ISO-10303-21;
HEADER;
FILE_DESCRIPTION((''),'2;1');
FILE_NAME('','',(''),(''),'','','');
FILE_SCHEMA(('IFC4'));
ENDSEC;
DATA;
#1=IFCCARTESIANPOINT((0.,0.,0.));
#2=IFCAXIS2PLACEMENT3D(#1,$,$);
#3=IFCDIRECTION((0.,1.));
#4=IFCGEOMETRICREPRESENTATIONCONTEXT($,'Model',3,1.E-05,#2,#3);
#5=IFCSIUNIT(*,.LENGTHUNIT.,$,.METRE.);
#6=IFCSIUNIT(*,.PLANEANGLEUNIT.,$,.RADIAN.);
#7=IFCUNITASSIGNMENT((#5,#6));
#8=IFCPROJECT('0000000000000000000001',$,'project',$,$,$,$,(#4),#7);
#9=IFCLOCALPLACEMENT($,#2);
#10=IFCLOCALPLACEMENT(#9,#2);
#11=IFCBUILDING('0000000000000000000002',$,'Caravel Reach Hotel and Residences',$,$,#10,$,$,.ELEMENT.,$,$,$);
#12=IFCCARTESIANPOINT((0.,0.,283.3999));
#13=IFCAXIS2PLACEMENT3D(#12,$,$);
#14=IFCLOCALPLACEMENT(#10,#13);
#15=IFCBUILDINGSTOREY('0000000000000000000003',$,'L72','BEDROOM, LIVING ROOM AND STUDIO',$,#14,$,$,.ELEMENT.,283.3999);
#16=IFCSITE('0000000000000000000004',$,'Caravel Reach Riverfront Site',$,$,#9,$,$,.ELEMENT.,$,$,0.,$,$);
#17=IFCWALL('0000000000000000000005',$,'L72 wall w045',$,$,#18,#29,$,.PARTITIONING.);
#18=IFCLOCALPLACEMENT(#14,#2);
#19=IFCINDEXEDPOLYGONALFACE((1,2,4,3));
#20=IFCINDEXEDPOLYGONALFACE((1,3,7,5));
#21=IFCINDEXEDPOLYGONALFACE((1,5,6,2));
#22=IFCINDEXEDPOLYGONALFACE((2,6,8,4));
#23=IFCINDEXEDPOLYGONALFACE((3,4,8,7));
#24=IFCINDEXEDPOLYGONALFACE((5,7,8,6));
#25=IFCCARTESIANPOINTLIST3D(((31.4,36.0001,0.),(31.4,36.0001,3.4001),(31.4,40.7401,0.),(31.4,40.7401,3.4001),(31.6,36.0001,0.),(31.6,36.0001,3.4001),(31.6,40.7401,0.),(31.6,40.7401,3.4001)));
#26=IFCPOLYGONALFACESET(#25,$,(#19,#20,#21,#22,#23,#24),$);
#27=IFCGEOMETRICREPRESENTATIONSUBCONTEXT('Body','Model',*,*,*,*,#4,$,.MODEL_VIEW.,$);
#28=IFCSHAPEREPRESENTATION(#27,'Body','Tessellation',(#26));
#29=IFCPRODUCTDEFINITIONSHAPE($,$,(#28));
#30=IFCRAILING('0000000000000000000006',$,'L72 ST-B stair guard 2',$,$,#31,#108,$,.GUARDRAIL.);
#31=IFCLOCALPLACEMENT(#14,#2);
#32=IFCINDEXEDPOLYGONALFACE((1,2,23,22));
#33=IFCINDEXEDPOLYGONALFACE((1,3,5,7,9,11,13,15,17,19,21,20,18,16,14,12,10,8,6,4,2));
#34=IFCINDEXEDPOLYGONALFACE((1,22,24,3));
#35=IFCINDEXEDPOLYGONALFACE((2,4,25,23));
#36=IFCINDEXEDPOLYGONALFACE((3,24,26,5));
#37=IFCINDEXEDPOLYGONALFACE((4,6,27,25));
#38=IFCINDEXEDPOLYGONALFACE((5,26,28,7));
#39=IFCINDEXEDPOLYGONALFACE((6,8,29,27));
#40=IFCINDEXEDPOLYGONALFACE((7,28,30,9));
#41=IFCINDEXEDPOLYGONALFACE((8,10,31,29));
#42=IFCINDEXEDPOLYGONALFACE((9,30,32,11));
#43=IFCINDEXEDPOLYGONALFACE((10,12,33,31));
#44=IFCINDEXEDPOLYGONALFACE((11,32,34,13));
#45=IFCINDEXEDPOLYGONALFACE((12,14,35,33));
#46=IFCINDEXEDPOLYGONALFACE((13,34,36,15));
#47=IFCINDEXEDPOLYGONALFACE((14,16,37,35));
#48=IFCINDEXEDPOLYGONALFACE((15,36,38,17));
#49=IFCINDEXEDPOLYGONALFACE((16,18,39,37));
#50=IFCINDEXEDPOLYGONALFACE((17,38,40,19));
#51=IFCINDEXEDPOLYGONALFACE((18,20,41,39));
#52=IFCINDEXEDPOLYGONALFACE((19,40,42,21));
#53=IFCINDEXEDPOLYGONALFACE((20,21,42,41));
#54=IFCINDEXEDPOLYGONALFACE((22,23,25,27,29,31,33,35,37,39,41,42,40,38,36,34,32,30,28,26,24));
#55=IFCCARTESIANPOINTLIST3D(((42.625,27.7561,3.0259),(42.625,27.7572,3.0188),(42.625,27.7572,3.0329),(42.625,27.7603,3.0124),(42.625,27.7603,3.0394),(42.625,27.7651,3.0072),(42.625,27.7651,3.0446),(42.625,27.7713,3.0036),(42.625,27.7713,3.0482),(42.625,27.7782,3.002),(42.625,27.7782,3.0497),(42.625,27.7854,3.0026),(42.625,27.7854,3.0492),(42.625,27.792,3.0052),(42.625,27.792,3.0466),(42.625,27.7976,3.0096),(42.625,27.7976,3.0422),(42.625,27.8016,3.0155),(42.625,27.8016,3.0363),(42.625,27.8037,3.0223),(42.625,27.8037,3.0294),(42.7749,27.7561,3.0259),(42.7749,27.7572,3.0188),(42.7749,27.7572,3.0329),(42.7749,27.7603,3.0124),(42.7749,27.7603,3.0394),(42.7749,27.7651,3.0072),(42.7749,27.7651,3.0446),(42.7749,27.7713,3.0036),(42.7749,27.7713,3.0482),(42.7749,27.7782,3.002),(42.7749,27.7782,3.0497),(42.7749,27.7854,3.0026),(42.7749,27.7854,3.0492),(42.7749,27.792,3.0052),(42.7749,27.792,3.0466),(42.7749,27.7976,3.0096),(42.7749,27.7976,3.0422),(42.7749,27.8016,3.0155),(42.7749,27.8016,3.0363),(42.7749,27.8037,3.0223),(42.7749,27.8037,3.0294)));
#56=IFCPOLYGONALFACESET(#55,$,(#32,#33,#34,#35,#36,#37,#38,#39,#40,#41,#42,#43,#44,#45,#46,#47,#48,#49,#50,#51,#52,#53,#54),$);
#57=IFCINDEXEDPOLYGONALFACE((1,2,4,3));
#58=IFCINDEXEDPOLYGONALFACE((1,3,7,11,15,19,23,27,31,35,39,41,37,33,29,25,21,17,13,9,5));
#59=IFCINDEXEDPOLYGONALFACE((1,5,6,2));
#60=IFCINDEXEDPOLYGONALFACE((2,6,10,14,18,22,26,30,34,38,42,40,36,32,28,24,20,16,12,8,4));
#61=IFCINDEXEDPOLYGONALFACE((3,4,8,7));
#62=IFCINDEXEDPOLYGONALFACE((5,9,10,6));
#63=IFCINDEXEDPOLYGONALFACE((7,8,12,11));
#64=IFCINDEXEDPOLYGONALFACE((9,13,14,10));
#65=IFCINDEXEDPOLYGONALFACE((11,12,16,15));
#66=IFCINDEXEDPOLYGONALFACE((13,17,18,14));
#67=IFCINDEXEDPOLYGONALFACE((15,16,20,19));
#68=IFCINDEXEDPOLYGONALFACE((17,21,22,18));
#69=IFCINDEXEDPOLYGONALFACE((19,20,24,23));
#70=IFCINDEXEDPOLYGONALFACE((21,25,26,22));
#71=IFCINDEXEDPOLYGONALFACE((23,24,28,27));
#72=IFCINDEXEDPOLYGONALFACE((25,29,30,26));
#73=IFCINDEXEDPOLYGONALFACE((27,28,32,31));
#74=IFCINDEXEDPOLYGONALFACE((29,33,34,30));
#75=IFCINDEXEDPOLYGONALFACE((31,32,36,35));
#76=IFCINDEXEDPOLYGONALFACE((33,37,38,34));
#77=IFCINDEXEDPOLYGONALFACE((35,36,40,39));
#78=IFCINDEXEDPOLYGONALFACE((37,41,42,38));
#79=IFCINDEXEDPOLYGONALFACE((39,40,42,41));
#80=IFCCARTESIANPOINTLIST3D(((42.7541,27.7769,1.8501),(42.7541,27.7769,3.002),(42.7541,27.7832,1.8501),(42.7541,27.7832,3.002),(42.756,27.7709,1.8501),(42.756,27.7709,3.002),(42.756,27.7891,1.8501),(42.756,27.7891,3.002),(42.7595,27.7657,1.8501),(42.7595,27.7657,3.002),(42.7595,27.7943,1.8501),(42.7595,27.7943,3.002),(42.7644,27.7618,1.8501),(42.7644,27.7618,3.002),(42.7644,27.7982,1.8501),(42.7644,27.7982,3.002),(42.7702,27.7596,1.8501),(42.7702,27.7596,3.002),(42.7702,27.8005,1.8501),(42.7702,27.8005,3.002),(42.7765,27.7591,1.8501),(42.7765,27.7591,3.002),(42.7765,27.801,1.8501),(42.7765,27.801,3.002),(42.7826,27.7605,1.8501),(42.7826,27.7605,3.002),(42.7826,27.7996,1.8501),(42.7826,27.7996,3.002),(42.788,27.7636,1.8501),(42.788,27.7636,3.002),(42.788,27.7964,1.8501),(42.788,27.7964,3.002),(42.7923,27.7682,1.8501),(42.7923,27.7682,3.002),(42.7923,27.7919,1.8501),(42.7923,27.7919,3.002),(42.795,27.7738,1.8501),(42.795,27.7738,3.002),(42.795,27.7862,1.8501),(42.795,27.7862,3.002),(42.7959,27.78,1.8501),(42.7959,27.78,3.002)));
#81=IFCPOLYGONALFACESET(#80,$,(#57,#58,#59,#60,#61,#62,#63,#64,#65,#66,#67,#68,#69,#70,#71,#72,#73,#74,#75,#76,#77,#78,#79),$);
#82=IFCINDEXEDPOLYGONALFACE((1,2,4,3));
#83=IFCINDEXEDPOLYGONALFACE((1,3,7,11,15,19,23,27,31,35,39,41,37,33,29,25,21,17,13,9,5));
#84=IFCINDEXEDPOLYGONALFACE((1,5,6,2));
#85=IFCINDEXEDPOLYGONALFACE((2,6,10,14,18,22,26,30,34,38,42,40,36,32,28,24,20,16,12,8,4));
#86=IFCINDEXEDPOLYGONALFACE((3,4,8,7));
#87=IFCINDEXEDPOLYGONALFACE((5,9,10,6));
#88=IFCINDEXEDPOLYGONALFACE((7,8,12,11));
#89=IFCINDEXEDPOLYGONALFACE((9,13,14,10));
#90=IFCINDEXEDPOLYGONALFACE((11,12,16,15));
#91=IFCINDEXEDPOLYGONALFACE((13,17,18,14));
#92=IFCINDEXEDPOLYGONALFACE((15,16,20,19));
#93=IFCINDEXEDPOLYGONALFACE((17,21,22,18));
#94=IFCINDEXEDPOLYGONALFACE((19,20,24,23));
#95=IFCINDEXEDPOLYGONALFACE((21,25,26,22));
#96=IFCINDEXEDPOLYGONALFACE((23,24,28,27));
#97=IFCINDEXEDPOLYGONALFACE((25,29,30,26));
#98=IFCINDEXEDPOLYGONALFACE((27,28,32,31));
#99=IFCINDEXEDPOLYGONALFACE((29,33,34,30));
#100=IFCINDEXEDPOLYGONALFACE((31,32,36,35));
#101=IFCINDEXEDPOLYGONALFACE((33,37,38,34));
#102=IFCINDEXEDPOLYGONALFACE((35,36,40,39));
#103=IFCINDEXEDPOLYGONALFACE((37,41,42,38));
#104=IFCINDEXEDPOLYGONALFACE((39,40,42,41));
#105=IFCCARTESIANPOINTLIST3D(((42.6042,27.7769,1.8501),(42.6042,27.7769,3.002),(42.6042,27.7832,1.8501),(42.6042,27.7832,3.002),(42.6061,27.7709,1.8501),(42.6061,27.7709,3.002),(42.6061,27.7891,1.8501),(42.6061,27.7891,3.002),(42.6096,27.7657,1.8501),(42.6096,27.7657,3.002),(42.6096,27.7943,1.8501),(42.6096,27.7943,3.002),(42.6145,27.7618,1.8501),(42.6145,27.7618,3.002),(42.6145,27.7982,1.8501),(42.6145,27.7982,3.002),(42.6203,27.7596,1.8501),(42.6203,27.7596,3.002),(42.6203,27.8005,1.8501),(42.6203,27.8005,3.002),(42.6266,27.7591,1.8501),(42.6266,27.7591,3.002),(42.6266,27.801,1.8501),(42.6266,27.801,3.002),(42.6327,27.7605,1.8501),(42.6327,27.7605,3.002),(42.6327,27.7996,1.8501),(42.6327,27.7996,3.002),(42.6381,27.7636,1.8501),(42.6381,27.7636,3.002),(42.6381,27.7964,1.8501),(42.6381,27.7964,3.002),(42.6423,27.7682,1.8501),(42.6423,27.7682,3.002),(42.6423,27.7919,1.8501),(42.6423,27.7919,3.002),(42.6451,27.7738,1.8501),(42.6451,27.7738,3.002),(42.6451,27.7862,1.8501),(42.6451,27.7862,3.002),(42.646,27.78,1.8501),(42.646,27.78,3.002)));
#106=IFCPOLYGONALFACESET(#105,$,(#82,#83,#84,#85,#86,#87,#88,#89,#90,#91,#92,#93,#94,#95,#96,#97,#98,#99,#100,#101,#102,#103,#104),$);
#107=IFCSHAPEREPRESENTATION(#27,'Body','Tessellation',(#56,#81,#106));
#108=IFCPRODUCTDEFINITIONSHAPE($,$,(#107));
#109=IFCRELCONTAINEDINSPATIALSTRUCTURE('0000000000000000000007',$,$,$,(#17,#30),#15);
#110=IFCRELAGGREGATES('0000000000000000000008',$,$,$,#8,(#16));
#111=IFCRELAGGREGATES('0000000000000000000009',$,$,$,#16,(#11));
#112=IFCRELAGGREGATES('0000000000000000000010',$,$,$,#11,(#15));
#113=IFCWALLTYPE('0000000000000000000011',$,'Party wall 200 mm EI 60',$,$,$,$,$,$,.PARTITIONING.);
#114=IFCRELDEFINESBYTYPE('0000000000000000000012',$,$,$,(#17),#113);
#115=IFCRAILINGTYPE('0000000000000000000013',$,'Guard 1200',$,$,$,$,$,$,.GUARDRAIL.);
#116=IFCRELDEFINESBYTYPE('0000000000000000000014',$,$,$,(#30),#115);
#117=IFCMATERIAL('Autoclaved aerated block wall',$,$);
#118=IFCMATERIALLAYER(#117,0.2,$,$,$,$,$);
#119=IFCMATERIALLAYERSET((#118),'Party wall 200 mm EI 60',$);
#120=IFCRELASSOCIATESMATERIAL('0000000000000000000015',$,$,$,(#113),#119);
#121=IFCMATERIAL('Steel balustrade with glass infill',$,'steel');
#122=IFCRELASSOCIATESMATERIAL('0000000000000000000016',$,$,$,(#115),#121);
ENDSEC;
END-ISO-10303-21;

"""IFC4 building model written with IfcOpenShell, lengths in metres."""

from ifc_helpers import new_model, si_unit, direction, frame, frame_2d, origin, origin_2d, place, context, subcontext, project, spatial, rectangle, circle, extrude, material, layer, layer_set, type_object, element, save


model = new_model("IFC4")

# Units and contexts
model_context = context("Model", 3, precision=1e-05, world=origin(), true_north=direction((0.0, 1.0)))
body_context = subcontext(model_context, "Body", "Model", "MODEL_VIEW")
ifc_project = project(units=[si_unit("LENGTHUNIT", "METRE"), si_unit("PLANEANGLEUNIT", "RADIAN")], contexts=[model_context])

# Site, building, storey
site_placement = place(None, origin())
site = spatial("IfcSite", under=ifc_project, at=site_placement, Name="Caravel Reach Riverfront Site", CompositionType="ELEMENT", RefElevation=0.0)
building_placement = place(site_placement, origin())
building = spatial("IfcBuilding", under=site, at=building_placement, Name="Caravel Reach Hotel and Residences", CompositionType="ELEMENT")
storey_placement = place(building_placement, frame((0.0, 0.0, 283.3999)))
storey = spatial("IfcBuildingStorey", under=building, at=storey_placement, Name="L72", Description="BEDROOM, LIVING ROOM AND STUDIO", CompositionType="ELEMENT", Elevation=283.3999)

# Wall
ifc_material_1 = material(Name="Autoclaved aerated block wall")
ifc_layer_1 = layer(ifc_material_1, 0.2)
ifc_layer_set_1 = layer_set([ifc_layer_1], Name="Party wall 200 mm EI 60")
wall_type_1 = type_object("IfcWallType", Name="Party wall 200 mm EI 60", PredefinedType="PARTITIONING", material=ifc_layer_set_1)
wall_1_placement = place(storey_placement, frame((31.5, 36.0, 0.0), z_axis=(0.0, 0.0, 1.0), x_axis=(0.0, 1.0, 0.0)))
element("IfcWall", 1, at=wall_1_placement, inside=storey, type_object=wall_type_1, Name="L72 wall w045", PredefinedType="PARTITIONING", context=body_context, shape_type="SweptSolid", body=[
    extrude(rectangle(XDim=4.74, YDim=0.2, at=frame_2d((2.3701, 0.0))), origin(), (0.0, 0.0, 1.0), 3.4001),
])

# Railing
ifc_material_2 = material(Name="Steel balustrade with glass infill", Category="steel")
railing_type_1 = type_object("IfcRailingType", Name="Guard 1200", PredefinedType="GUARDRAIL", material=ifc_material_2)
railing_1_placement = place(storey_placement, frame((42.7749, 27.78, 1.8501)))
element("IfcRailing", 2, at=railing_1_placement, inside=storey, type_object=railing_type_1, Name="L72 ST-B stair guard 2", PredefinedType="GUARDRAIL", context=body_context, shape_type="SweptSolid", body=[
    extrude(circle(Radius=0.0239, at=origin_2d()), frame((0.0, 0.0, 1.1758), z_axis=(-1.0, 0.0, 0.0), x_axis=(0.0, -1.0, 0.0)), (0.0, 0.0, 1.0), 0.1499),
    extrude(circle(Radius=0.021, at=origin_2d()), origin(), (0.0, 0.0, 1.0), 1.1519),
    extrude(circle(Radius=0.021, at=origin_2d()), frame((-0.1499, 0.0, 0.0)), (0.0, 0.0, 1.0), 1.1519),
])

save(model, "model.ifc")
